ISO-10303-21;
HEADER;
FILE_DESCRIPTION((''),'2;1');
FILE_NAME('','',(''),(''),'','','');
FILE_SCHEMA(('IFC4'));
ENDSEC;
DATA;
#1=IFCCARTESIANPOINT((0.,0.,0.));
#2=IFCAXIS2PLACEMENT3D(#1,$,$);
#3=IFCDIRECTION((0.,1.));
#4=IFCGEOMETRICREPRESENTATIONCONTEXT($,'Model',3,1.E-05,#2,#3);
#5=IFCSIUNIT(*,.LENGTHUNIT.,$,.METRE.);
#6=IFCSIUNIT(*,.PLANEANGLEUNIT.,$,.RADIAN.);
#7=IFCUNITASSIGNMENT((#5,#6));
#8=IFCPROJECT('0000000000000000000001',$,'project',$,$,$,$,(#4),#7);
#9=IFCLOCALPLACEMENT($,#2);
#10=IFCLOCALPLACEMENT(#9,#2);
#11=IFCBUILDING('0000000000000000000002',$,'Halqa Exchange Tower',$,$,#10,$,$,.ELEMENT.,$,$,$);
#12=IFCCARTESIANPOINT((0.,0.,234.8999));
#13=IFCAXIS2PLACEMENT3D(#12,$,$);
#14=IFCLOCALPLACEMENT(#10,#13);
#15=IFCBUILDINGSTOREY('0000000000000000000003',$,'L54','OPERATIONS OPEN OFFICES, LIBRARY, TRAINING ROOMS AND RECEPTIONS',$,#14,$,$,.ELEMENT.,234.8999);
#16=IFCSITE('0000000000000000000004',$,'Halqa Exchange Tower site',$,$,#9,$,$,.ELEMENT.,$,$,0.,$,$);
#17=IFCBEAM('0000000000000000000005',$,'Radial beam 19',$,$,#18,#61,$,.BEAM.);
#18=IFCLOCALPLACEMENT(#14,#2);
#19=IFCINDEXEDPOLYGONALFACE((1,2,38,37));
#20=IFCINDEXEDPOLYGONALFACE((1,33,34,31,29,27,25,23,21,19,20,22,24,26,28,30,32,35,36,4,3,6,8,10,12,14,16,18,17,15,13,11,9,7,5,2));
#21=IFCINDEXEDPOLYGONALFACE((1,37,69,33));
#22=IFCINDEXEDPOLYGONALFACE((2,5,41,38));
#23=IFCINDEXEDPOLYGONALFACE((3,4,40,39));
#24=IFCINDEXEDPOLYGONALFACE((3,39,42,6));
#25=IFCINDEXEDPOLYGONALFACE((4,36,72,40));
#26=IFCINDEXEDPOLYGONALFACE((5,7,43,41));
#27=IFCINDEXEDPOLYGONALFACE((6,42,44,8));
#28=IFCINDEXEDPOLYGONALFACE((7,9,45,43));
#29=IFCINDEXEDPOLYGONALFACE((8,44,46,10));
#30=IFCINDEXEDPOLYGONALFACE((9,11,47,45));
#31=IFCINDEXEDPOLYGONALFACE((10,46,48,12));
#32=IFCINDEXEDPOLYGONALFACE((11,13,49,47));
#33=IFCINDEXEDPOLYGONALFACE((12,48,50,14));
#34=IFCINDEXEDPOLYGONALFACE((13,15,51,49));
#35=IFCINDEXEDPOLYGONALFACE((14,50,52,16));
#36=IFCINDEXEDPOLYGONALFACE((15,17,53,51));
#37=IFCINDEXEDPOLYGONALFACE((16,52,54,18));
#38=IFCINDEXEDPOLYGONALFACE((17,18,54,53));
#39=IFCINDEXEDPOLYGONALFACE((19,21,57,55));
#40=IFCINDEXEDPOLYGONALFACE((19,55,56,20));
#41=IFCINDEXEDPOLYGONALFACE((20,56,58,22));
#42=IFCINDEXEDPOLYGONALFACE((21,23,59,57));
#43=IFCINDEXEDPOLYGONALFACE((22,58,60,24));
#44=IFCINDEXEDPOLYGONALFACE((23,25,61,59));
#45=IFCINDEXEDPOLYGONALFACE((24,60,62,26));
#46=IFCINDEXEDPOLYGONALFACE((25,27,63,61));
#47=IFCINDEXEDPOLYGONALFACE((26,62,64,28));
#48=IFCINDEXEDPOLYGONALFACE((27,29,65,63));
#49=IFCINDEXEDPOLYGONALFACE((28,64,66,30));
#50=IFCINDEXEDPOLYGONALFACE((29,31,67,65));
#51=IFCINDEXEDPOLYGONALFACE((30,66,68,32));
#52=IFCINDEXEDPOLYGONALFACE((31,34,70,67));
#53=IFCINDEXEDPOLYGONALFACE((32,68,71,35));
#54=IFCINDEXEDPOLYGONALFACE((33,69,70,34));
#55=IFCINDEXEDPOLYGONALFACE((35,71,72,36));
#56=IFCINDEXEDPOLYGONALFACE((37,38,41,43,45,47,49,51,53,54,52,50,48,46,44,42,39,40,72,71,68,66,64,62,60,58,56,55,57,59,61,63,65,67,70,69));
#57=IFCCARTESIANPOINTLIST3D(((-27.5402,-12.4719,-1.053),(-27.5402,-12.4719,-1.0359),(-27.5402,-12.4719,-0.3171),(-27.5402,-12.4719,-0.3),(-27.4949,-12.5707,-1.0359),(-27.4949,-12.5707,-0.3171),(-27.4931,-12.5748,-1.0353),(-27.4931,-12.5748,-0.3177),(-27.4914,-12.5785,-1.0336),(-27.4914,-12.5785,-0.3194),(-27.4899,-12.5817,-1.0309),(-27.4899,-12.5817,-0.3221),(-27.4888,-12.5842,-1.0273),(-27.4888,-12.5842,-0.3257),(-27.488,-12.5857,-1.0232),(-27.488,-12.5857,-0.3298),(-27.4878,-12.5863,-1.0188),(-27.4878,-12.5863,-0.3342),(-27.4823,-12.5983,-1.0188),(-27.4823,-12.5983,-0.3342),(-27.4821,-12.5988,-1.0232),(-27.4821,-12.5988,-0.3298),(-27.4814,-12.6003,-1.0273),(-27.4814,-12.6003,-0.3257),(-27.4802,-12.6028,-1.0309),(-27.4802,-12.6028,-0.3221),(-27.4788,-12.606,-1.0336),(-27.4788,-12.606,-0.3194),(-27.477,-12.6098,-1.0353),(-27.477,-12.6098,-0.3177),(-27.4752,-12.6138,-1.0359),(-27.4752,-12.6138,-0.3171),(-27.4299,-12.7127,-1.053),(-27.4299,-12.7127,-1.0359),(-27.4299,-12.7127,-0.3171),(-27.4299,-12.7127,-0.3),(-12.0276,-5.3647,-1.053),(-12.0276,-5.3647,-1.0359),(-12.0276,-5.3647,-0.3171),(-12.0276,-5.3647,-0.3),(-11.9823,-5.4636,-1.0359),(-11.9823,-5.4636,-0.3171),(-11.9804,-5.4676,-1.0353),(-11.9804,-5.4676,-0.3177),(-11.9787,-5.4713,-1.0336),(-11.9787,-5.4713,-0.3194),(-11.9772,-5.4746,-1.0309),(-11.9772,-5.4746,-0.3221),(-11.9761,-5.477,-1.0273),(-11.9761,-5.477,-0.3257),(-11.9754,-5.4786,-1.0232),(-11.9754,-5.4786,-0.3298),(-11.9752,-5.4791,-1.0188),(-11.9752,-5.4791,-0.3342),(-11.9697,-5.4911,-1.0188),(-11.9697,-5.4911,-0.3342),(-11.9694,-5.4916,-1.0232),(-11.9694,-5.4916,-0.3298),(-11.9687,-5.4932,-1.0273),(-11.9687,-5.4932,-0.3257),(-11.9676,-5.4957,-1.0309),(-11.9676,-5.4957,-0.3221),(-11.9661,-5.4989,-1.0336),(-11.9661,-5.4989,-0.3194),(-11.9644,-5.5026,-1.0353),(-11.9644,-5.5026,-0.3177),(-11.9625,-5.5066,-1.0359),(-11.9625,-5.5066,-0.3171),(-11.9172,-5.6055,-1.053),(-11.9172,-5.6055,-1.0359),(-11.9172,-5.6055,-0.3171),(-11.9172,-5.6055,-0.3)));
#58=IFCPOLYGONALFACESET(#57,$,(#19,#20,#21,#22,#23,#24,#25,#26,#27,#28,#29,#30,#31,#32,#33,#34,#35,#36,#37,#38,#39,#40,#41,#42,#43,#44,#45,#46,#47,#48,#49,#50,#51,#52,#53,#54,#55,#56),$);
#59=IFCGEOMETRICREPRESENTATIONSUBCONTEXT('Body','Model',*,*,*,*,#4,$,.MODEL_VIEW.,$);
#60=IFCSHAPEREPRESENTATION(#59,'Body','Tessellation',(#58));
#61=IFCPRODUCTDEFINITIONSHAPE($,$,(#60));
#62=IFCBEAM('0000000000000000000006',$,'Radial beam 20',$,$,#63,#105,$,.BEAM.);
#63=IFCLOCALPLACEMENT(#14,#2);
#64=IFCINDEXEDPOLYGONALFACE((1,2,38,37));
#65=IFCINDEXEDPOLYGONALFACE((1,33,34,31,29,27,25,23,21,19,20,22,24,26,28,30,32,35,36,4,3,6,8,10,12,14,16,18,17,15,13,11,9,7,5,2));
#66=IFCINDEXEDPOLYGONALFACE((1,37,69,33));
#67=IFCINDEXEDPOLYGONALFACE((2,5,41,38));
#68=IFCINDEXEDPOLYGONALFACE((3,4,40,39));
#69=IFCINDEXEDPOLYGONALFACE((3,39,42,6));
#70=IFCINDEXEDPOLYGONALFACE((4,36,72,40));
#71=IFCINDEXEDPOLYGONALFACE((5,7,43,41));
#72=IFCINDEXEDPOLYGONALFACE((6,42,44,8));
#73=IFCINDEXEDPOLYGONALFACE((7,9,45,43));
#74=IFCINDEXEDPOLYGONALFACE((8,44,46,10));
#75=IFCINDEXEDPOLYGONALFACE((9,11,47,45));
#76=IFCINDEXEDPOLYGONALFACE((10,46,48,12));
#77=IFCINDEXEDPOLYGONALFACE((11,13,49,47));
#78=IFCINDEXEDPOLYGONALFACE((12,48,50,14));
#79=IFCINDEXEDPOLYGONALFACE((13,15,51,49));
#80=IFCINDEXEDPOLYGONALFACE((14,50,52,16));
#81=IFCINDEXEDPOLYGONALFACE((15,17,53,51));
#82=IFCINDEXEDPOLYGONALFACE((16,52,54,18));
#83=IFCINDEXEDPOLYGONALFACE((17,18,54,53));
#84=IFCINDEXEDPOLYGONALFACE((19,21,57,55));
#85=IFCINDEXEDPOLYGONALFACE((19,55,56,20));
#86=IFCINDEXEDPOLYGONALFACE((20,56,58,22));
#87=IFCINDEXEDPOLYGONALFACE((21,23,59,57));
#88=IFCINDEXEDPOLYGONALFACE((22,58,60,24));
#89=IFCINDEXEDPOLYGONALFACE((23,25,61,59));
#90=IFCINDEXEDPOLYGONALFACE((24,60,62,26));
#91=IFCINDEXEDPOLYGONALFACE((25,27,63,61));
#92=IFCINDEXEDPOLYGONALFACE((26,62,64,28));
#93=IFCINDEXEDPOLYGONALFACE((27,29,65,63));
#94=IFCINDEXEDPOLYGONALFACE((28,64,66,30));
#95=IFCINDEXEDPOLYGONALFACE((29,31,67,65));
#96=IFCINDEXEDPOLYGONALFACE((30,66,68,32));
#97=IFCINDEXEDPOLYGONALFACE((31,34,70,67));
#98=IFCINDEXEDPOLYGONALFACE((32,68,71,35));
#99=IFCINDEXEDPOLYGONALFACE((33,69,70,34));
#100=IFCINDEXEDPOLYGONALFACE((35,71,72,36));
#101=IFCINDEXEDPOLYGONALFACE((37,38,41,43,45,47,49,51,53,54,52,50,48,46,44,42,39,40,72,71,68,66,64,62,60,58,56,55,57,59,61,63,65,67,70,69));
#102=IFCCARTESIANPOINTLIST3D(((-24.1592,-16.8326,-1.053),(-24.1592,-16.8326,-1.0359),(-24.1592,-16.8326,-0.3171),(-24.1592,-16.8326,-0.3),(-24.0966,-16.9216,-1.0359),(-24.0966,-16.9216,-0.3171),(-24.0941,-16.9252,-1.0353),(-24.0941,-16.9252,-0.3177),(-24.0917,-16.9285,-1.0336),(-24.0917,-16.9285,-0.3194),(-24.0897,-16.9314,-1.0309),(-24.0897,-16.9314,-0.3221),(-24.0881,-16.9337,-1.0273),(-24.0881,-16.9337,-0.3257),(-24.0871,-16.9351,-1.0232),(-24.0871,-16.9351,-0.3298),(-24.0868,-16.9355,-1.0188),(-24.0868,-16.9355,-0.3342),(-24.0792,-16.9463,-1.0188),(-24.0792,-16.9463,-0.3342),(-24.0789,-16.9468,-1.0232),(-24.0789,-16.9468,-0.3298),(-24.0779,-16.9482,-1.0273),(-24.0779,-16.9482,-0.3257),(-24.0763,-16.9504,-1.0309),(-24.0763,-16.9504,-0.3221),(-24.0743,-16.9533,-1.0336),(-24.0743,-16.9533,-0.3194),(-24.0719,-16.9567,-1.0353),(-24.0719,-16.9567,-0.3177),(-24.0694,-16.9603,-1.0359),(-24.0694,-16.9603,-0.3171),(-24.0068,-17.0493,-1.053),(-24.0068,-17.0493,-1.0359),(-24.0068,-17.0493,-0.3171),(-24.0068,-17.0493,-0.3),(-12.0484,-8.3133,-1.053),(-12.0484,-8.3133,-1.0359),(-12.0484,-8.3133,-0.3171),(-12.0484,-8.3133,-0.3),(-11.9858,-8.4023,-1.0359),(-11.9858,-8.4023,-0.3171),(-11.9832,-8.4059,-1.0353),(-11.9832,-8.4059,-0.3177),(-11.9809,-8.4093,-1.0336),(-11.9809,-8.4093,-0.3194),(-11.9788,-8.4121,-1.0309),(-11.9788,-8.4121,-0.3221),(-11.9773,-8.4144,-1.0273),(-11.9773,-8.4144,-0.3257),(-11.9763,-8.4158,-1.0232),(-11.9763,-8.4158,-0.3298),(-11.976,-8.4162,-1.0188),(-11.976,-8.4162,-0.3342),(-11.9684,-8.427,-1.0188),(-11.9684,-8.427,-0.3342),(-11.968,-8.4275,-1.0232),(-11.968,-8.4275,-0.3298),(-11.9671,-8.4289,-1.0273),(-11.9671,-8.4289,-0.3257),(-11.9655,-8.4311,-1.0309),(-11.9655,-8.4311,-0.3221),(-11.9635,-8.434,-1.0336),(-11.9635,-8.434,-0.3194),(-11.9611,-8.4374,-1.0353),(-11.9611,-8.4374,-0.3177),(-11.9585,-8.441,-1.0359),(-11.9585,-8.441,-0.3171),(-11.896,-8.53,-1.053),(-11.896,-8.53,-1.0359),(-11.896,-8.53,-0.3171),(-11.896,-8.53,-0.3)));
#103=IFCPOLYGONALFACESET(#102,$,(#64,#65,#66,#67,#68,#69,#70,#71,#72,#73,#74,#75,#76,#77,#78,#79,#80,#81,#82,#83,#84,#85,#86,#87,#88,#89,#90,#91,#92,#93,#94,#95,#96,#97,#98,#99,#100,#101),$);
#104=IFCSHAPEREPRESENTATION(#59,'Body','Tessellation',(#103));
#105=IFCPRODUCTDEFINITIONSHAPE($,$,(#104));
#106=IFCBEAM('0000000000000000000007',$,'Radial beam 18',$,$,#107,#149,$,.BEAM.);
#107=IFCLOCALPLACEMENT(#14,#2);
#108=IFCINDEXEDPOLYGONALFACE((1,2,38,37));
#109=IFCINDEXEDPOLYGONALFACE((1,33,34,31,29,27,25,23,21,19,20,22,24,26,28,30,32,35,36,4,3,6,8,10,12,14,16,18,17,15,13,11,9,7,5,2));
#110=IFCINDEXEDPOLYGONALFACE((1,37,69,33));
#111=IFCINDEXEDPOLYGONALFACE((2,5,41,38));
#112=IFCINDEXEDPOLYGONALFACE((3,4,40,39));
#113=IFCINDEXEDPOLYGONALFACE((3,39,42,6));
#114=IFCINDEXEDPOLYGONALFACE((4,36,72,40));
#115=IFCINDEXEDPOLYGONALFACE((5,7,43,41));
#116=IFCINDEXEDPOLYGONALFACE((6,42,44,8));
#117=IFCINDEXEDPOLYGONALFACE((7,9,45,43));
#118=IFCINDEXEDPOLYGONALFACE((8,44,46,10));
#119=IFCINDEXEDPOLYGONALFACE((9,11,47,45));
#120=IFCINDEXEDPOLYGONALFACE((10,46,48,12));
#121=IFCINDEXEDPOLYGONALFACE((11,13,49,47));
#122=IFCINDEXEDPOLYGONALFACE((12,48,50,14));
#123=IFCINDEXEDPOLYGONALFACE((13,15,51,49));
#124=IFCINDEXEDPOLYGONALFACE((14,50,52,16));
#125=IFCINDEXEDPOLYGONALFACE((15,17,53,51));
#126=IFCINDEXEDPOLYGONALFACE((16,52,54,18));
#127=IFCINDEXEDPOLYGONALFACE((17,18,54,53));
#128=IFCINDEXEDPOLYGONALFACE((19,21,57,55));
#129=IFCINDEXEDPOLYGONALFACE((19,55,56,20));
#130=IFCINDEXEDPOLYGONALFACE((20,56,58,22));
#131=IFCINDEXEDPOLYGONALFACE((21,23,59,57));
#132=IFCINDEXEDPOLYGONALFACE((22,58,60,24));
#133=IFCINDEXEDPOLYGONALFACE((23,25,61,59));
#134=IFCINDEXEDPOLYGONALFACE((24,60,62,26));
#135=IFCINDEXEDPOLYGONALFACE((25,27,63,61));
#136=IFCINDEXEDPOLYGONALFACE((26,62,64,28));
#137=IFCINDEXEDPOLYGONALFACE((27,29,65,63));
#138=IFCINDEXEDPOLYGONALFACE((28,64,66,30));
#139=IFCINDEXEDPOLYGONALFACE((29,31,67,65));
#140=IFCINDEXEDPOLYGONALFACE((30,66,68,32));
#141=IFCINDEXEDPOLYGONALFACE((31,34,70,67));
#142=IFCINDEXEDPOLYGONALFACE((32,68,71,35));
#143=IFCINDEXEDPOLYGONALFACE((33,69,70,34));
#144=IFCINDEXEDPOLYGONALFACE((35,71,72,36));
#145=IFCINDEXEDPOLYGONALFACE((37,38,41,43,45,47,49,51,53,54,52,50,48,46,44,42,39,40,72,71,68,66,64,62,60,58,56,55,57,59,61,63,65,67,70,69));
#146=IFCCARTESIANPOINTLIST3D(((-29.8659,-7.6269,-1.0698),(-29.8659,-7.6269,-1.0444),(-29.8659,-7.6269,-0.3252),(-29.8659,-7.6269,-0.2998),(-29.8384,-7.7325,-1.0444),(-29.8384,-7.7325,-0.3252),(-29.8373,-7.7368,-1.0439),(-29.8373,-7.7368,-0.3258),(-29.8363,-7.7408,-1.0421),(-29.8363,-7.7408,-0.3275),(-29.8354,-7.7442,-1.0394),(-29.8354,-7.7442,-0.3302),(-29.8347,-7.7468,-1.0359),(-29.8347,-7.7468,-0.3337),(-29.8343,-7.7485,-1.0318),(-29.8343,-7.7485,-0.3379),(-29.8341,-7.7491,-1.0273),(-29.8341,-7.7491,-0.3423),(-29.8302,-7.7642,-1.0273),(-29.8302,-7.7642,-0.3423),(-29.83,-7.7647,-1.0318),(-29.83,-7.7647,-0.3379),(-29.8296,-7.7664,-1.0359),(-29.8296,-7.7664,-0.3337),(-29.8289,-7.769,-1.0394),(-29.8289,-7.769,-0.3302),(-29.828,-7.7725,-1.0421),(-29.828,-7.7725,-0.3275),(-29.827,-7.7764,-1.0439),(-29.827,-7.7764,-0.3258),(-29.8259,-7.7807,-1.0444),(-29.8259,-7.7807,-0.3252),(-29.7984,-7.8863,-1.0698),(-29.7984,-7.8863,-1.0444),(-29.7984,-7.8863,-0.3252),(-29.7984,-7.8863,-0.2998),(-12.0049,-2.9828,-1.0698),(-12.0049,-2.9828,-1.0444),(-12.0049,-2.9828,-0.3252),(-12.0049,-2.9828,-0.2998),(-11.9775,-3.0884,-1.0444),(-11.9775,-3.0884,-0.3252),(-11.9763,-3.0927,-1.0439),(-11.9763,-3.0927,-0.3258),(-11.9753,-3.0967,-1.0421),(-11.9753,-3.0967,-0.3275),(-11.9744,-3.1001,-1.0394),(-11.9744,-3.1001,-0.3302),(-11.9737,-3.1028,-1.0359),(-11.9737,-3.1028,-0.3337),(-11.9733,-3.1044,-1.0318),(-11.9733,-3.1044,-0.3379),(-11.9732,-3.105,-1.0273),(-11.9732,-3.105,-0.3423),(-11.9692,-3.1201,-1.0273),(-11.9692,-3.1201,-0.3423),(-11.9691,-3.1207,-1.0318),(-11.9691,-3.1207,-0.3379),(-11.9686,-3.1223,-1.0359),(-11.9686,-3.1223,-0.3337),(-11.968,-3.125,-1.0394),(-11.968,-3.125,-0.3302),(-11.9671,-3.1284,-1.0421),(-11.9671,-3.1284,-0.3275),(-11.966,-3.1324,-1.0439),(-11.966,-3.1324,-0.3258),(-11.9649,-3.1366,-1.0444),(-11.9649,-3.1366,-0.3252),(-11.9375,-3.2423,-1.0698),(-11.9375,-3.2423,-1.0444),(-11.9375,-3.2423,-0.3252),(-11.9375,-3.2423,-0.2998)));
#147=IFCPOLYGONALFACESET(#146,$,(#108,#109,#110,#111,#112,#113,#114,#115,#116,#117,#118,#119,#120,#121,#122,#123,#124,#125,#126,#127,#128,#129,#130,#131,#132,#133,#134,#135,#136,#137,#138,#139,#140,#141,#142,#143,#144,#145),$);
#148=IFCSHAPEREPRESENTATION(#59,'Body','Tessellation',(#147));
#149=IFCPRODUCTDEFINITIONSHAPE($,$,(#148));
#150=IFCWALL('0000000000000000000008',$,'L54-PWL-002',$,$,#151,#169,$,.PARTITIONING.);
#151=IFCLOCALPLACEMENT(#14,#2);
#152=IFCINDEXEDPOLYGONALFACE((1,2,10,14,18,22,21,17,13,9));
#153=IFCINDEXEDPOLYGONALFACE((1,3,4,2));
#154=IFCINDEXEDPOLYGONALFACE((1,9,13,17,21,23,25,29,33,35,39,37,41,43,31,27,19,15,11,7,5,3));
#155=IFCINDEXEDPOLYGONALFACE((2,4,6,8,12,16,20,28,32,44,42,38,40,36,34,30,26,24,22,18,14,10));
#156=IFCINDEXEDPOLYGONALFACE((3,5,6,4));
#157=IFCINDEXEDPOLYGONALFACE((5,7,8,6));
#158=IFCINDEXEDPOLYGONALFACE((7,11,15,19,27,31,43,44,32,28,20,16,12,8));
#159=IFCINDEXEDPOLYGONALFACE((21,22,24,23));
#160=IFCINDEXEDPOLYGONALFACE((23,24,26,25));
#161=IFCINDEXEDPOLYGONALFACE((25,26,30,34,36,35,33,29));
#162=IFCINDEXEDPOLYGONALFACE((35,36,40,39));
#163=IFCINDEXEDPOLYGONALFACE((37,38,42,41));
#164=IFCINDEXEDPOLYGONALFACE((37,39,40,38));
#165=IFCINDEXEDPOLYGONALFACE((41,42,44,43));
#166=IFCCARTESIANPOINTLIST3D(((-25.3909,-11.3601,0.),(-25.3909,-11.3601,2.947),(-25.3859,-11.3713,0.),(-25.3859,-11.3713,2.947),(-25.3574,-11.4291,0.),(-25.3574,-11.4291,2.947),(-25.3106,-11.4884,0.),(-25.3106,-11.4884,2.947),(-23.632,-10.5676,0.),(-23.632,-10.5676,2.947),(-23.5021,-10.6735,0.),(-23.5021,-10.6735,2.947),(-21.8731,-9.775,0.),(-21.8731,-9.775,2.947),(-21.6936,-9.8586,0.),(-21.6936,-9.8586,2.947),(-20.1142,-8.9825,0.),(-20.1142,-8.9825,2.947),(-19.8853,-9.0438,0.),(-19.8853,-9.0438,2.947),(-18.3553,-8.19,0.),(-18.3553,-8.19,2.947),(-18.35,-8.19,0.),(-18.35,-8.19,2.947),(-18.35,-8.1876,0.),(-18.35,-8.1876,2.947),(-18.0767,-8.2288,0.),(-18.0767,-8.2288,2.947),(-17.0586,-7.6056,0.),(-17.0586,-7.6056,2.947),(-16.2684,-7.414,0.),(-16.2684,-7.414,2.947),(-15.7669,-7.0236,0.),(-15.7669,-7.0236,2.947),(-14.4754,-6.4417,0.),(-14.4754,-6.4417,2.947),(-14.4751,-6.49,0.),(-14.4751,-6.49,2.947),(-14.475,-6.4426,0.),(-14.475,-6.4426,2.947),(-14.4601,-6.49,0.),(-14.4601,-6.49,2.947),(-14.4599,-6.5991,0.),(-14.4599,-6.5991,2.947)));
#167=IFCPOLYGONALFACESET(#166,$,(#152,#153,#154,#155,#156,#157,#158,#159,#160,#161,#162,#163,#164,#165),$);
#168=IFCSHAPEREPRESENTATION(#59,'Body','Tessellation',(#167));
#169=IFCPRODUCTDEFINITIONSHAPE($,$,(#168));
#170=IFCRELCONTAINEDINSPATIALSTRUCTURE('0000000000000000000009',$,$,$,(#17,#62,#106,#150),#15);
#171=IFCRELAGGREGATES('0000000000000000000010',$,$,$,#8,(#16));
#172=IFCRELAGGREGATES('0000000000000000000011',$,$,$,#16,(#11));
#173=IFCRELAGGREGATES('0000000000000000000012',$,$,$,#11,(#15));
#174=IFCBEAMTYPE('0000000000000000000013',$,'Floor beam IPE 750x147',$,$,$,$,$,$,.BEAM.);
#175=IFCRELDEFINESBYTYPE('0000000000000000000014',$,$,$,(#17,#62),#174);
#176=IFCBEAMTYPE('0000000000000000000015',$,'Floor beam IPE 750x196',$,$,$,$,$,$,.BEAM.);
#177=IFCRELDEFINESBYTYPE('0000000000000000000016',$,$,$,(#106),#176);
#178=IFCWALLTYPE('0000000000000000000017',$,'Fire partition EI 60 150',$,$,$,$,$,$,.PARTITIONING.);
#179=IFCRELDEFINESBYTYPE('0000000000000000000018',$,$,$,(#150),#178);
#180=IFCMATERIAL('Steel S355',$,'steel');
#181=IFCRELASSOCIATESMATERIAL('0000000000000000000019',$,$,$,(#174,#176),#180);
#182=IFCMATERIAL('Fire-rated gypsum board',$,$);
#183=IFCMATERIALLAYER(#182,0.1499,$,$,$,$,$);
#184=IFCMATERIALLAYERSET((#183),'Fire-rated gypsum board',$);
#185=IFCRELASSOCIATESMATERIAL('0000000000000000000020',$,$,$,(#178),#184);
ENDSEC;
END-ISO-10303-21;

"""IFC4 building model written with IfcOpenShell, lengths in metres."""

from ifc_helpers import new_model, si_unit, direction, frame, origin, origin_2d, place, context, subcontext, project, spatial, polyline, i_section, outline, extrude, material, layer, layer_set, material_profile, profile_set, type_object, element, save


model = new_model("IFC4")

# Units and contexts
model_context = context("Model", 3, precision=1e-05, world=origin(), true_north=direction((0.0, 1.0)))
body_context = subcontext(model_context, "Body", "Model", "MODEL_VIEW")
ifc_project = project(units=[si_unit("LENGTHUNIT", "METRE"), si_unit("PLANEANGLEUNIT", "RADIAN")], contexts=[model_context])

# Site, building, storey
site_placement = place(None, origin())
site = spatial("IfcSite", under=ifc_project, at=site_placement, Name="Halqa Exchange Tower site", CompositionType="ELEMENT", RefElevation=0.0)
building_placement = place(site_placement, origin())
building = spatial("IfcBuilding", under=site, at=building_placement, Name="Halqa Exchange Tower", CompositionType="ELEMENT")
storey_placement = place(building_placement, frame((0.0, 0.0, 234.8999)))
storey = spatial("IfcBuildingStorey", under=building, at=storey_placement, Name="L54", Description="OPERATIONS OPEN OFFICES, LIBRARY, TRAINING ROOMS AND RECEPTIONS", CompositionType="ELEMENT", Elevation=234.8999)

# Beams
ifc_material_1 = material(Name="Steel S355", Category="steel")
ifc_material_profile_1 = material_profile(ifc_material_1, i_section(OverallWidth=0.2649, OverallDepth=0.7529, WebThickness=0.0132, FlangeThickness=0.0171, FilletRadius=0.0171, at=origin_2d()), Name="IPE 750x147")
ifc_profile_set_1 = profile_set([ifc_material_profile_1], Name="Steel S355")
beam_type_1 = type_object("IfcBeamType", Name="Floor beam IPE 750x147", PredefinedType="BEAM", material=ifc_profile_set_1)
beam_1_placement = place(storey_placement, frame((-11.9724, -5.4851, -0.6765), z_axis=(-0.909127, -0.416519, 0.0), x_axis=(0.416519, -0.909127, 0.0)))
element("IfcBeam", 1, at=beam_1_placement, inside=storey, type_object=beam_type_1, Name="Radial beam 19", PredefinedType="BEAM", context=body_context, shape_type="SweptSolid", body=[
    extrude(i_section(OverallWidth=0.2649, OverallDepth=0.7529, WebThickness=0.0132, FlangeThickness=0.0171, FilletRadius=0.0171, at=origin_2d()), origin(), (0.0, 0.0, 1.0), 17.0632),
])
beam_2_placement = place(storey_placement, frame((-11.9722, -8.4216, -0.6765), z_axis=(-0.817907, -0.575351, 0.0), x_axis=(0.575351, -0.817907, 0.0)))
element("IfcBeam", 2, at=beam_2_placement, inside=storey, type_object=beam_type_1, Name="Radial beam 20", PredefinedType="BEAM", context=body_context, shape_type="SweptSolid", body=[
    extrude(i_section(OverallWidth=0.2649, OverallDepth=0.7529, WebThickness=0.0132, FlangeThickness=0.0171, FilletRadius=0.0171, at=origin_2d()), origin(), (0.0, 0.0, 1.0), 14.8071),
])
ifc_material_profile_2 = material_profile(ifc_material_1, i_section(OverallWidth=0.2681, OverallDepth=0.77, WebThickness=0.0156, FlangeThickness=0.0254, FilletRadius=0.0171, at=origin_2d()), Name="IPE 750x196")
ifc_profile_set_2 = profile_set([ifc_material_profile_2], Name="Steel S355")
beam_type_2 = type_object("IfcBeamType", Name="Floor beam IPE 750x196", PredefinedType="BEAM", material=ifc_profile_set_2)
beam_3_placement = place(storey_placement, frame((-11.9712, -3.1125, -0.6848), z_axis=(-0.96782, -0.251645, 0.0), x_axis=(0.251645, -0.96782, 0.0)))
element("IfcBeam", 3, at=beam_3_placement, inside=storey, type_object=beam_type_2, Name="Radial beam 18", PredefinedType="BEAM", context=body_context, shape_type="SweptSolid", body=[
    extrude(i_section(OverallWidth=0.2681, OverallDepth=0.77, WebThickness=0.0156, FlangeThickness=0.0254, FilletRadius=0.0171, at=origin_2d()), origin(), (0.0, 0.0, 1.0), 18.4548),
])

# Wall
ifc_material_2 = material(Name="Fire-rated gypsum board")
ifc_layer_1 = layer(ifc_material_2, 0.1499)
ifc_layer_set_1 = layer_set([ifc_layer_1], Name="Fire-rated gypsum board")
wall_type_1 = type_object("IfcWallType", Name="Fire partition EI 60 150", PredefinedType="PARTITIONING", material=ifc_layer_set_1)
wall_1_placement = place(storey_placement, frame((-25.3601, -11.4285, 0.0), z_axis=(0.0, 0.0, 1.0), x_axis=(0.911719, 0.410814, 0.0)))
element("IfcWall", 4, at=wall_1_placement, inside=storey, type_object=wall_type_1, Name="L54-PWL-002", PredefinedType="PARTITIONING", context=body_context, shape_type="SweptSolid", body=[
    extrude(outline(polyline([(0.0205, -0.075), (2.0042, -0.075), (3.9878, -0.075), (5.9712, -0.075), (7.9548, -0.075), (9.9382, -0.075), (11.9219, -0.075), (11.9666, 0.0247), (11.9529, 0.0308), (11.9724, 0.074), (11.9724, 0.075), (10.5559, 0.075), (9.1392, 0.075), (7.7227, 0.075), (7.7217, 0.0728), (7.7168, 0.075), (5.7876, 0.075), (3.8584, 0.075), (1.9292, 0.075), (0.0, 0.075), (0.0, 0.0627), (0.0022, -0.0017), (0.0205, -0.075)])), origin(), (0.0, 0.0, 1.0), 2.947),
])

save(model, "model.ifc")
